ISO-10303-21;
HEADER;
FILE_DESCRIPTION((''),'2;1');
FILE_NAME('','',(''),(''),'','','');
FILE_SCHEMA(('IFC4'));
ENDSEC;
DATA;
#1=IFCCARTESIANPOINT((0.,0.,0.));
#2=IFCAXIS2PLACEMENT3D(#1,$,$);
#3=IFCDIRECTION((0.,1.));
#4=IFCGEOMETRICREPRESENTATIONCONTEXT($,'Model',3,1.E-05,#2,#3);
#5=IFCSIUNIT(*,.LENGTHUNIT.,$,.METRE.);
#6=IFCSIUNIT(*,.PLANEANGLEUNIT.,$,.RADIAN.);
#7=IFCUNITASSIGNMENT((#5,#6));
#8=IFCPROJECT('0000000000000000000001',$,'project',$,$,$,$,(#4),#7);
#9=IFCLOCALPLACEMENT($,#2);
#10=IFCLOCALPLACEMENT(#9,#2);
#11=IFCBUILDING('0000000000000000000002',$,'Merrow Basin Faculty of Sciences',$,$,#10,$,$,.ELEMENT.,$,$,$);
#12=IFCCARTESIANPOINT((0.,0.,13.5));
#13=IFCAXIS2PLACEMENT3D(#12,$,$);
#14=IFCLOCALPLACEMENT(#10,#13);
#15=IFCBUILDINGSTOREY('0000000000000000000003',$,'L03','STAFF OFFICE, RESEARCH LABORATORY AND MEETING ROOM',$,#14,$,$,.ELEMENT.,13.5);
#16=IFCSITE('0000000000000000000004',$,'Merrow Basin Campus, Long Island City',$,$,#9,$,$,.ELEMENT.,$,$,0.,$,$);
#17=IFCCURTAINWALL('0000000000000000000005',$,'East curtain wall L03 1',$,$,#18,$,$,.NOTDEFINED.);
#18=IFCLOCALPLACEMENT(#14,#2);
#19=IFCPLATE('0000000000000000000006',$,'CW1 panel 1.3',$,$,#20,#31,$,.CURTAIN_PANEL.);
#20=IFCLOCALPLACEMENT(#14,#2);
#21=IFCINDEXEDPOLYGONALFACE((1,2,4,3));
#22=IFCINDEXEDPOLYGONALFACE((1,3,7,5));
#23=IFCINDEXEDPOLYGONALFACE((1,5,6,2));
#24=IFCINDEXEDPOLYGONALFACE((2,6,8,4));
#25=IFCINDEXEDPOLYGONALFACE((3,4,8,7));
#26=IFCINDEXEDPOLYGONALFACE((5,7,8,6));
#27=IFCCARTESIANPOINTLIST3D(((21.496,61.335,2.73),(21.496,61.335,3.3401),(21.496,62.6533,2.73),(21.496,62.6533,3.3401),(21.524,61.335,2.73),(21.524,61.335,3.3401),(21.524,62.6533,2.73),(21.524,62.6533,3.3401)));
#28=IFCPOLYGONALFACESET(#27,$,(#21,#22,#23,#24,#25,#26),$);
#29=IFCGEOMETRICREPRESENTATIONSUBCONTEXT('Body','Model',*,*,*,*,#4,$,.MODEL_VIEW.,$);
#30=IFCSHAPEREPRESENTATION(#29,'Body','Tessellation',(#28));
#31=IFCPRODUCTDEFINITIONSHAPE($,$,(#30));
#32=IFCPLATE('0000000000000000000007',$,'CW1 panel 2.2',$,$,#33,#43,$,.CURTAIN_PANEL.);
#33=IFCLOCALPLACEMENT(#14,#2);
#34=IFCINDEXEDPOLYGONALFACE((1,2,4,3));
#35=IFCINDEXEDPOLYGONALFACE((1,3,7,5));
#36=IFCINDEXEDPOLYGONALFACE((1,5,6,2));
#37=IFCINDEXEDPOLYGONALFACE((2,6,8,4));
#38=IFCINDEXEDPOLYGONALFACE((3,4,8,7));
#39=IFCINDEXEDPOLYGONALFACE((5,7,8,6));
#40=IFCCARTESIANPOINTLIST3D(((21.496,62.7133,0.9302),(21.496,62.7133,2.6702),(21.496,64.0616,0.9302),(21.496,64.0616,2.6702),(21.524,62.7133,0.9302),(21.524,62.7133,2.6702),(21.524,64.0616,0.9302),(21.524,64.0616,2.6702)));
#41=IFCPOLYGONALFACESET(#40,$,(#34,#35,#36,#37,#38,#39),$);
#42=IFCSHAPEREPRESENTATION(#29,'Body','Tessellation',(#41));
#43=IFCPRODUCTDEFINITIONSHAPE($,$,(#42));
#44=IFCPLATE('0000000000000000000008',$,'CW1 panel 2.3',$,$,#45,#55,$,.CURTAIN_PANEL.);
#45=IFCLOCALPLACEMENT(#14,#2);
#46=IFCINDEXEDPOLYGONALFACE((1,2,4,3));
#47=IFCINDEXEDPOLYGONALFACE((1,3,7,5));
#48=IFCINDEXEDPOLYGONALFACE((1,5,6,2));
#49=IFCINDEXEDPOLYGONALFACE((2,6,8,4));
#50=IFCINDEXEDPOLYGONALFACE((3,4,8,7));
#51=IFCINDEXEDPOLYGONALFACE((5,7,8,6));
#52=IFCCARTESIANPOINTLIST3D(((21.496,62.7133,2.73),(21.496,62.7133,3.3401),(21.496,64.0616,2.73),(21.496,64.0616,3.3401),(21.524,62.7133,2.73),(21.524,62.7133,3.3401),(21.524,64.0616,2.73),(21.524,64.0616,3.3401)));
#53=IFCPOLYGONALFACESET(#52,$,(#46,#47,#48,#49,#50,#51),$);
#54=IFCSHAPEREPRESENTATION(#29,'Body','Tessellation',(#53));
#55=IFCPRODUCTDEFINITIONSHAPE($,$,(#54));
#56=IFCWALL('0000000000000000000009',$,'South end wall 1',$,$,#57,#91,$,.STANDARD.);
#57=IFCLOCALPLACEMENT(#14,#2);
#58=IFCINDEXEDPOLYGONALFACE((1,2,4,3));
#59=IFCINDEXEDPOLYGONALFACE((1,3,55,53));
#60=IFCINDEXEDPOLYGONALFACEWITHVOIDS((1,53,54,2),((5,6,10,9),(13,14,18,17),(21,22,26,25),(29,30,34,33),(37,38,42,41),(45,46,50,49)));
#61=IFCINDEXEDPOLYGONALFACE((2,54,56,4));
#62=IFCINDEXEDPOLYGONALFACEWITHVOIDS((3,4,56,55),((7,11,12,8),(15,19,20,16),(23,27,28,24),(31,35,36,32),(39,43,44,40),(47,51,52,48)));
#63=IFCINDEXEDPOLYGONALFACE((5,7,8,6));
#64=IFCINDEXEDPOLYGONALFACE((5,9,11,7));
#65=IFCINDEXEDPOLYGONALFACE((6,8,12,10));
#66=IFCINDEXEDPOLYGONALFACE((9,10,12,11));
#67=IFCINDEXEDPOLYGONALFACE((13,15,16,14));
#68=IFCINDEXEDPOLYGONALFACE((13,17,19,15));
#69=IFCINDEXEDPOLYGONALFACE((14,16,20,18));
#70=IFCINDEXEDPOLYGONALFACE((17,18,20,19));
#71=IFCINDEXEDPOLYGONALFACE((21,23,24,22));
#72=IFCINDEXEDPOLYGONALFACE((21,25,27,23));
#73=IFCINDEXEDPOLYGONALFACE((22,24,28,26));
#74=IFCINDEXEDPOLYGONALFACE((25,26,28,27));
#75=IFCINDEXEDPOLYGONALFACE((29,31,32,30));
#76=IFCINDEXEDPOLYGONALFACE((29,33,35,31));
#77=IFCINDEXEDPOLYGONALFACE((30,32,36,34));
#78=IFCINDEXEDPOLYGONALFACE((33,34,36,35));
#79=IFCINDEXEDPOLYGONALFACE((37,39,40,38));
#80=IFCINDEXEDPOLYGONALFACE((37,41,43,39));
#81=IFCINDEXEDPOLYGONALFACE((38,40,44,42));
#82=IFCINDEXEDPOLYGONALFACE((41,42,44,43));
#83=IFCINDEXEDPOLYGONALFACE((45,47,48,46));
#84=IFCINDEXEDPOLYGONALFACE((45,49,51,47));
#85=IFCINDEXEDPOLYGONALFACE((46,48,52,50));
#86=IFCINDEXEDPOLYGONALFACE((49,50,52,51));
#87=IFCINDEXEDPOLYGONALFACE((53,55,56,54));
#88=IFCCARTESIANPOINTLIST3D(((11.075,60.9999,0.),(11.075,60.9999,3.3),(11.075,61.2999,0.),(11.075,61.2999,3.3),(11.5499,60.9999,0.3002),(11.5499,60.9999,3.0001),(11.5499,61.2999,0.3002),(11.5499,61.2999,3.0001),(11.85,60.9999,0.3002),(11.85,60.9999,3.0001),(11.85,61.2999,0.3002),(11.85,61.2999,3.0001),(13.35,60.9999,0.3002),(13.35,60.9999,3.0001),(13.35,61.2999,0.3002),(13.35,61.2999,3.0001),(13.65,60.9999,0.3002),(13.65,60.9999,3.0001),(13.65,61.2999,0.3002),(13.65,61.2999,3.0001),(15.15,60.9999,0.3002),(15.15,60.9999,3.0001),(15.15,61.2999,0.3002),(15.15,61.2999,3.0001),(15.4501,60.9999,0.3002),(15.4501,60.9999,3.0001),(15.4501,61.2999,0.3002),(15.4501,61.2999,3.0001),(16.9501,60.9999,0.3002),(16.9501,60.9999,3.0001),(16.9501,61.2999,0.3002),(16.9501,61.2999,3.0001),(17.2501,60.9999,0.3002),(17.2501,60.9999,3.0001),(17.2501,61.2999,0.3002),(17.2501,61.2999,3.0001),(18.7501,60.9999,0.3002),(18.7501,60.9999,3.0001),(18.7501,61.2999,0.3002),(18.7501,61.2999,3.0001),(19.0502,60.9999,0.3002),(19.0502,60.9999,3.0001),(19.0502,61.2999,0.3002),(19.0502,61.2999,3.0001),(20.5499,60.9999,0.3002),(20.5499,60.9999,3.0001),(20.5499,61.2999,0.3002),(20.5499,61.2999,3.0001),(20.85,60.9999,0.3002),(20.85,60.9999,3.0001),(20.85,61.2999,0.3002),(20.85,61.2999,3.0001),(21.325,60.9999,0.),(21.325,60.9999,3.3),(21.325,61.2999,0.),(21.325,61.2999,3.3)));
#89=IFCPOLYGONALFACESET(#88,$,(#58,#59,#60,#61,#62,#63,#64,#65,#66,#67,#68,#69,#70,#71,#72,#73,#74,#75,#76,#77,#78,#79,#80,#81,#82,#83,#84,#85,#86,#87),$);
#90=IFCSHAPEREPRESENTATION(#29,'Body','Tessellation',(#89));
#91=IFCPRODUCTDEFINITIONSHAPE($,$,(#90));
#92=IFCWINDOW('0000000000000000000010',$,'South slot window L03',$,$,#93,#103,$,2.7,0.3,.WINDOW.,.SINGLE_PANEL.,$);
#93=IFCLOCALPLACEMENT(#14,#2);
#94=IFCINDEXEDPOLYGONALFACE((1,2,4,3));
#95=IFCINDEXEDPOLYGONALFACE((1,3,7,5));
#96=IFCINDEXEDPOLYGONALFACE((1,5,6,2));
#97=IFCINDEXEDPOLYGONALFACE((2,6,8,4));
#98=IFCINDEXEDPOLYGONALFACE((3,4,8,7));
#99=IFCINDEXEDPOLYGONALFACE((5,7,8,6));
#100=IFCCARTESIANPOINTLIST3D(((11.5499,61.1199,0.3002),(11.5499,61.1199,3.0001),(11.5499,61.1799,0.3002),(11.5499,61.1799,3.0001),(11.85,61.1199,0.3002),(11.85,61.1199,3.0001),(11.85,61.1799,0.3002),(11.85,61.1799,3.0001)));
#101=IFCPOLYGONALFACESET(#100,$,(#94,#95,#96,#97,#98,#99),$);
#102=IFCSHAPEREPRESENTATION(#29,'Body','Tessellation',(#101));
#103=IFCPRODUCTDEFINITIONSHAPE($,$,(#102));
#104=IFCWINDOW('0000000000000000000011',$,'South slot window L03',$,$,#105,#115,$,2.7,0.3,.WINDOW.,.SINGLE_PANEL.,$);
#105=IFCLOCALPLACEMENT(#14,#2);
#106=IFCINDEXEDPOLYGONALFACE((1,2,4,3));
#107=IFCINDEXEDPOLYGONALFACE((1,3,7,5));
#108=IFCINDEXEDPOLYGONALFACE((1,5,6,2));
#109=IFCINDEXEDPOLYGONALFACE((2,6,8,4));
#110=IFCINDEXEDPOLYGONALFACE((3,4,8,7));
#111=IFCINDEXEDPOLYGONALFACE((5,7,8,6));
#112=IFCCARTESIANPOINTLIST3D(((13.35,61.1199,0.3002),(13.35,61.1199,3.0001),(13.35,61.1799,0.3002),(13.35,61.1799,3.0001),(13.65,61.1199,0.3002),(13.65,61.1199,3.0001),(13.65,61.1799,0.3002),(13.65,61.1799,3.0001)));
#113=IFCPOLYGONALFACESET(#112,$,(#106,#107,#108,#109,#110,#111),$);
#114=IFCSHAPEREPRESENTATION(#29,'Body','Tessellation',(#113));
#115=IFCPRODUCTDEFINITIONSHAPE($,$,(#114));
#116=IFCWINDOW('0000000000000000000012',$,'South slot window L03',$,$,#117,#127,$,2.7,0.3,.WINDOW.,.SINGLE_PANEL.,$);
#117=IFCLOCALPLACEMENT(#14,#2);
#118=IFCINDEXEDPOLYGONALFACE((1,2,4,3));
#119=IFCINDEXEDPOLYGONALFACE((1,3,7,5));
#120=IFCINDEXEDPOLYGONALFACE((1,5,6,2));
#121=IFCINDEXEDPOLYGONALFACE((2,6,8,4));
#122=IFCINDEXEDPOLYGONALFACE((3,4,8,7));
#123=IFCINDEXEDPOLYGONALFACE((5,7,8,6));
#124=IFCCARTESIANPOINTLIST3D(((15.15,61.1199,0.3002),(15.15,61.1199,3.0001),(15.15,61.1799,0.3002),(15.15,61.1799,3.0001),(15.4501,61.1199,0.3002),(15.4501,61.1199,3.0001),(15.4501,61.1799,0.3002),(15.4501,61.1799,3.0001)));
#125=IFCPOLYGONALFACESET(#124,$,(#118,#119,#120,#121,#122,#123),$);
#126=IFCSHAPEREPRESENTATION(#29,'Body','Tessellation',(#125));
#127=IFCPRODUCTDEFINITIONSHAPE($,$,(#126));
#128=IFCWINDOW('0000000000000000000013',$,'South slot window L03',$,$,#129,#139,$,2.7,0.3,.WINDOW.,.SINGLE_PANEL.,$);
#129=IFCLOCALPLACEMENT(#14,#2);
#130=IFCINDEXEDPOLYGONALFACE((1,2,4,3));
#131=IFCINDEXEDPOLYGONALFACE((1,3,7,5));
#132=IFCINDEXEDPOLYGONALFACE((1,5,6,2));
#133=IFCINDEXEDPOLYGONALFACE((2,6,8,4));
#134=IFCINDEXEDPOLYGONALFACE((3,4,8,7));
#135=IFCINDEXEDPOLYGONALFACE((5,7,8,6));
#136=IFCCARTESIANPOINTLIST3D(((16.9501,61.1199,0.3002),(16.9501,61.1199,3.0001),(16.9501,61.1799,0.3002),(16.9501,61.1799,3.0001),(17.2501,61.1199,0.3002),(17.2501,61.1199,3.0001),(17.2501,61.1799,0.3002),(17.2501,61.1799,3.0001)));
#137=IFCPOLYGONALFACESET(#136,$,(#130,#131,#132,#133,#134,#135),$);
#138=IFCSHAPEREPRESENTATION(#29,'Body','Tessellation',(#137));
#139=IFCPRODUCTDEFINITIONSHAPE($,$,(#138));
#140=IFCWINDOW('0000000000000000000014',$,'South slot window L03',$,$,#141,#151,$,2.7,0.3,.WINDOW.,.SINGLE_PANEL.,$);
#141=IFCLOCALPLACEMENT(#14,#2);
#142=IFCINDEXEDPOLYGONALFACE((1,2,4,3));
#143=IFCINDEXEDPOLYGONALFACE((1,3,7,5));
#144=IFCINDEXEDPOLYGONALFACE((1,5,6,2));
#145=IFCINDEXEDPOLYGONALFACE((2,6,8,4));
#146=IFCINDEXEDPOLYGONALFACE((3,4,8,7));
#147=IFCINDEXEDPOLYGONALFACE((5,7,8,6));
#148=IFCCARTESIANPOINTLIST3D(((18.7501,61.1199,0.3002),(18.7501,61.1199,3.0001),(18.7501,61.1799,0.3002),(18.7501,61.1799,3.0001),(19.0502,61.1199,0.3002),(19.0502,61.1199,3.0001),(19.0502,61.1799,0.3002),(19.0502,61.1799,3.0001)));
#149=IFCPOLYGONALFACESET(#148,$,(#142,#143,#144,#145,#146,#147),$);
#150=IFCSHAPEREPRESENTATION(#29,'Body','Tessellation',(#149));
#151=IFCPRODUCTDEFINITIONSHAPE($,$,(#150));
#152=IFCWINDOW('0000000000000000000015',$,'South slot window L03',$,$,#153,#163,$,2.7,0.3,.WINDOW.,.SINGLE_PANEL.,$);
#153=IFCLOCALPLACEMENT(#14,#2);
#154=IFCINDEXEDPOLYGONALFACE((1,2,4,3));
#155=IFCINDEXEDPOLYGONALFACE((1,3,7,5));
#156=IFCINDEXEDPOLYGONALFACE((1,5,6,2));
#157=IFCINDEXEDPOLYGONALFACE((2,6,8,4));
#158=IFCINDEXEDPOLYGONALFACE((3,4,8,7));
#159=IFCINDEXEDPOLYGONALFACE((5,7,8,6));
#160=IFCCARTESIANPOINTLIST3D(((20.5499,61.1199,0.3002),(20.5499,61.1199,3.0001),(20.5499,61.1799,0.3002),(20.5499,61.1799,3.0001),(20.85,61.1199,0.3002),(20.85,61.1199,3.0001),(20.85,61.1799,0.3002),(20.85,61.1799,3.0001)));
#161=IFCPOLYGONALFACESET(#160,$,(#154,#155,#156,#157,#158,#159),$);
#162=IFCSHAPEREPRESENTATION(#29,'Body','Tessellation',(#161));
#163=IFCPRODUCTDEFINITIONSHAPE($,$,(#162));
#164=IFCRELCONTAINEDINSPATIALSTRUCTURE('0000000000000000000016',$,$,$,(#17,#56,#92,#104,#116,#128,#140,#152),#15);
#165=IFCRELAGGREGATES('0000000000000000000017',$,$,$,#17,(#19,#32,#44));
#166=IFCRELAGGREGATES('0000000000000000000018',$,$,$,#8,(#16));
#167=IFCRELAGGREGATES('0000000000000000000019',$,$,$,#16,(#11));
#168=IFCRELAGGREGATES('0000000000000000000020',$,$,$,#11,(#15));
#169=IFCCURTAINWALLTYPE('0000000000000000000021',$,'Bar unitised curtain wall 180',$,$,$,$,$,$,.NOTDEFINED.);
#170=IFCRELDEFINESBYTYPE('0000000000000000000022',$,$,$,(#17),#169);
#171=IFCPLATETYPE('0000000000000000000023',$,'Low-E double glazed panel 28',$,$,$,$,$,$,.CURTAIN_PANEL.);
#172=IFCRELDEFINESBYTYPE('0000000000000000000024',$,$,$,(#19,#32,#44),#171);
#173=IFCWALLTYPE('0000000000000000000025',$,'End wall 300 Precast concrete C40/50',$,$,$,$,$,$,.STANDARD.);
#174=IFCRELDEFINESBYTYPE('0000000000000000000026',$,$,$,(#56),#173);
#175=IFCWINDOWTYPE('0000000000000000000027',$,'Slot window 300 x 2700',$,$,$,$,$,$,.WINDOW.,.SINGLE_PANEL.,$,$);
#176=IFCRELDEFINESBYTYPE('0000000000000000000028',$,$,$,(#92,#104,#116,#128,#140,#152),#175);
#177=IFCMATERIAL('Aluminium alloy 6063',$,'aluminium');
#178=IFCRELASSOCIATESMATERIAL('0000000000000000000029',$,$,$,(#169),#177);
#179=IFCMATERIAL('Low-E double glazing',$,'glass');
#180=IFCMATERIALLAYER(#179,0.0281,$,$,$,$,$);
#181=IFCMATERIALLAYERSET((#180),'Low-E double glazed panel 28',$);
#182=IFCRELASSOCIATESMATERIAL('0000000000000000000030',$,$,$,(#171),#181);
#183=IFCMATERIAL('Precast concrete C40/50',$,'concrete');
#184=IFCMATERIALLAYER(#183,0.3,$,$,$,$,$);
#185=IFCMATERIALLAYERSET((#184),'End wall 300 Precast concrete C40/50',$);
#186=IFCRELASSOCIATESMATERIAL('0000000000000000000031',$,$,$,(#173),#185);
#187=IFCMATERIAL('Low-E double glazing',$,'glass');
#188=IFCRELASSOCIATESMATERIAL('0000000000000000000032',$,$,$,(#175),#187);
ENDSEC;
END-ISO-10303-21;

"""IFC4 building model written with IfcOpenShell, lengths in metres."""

from ifc_helpers import new_model, si_unit, direction, frame, frame_2d, origin, origin_2d, place, context, subcontext, project, spatial, rectangle, extrude, material, layer, layer_set, type_object, element, fill, aggregate, save


model = new_model("IFC4")

# Units and contexts
model_context = context("Model", 3, precision=1e-05, world=origin(), true_north=direction((0.0, 1.0)))
body_context = subcontext(model_context, "Body", "Model", "MODEL_VIEW")
ifc_project = project(units=[si_unit("LENGTHUNIT", "METRE"), si_unit("PLANEANGLEUNIT", "RADIAN")], contexts=[model_context])

# Site, building, storey
site_placement = place(None, origin())
site = spatial("IfcSite", under=ifc_project, at=site_placement, Name="Merrow Basin Campus, Long Island City", CompositionType="ELEMENT", RefElevation=0.0)
building_placement = place(site_placement, origin())
building = spatial("IfcBuilding", under=site, at=building_placement, Name="Merrow Basin Faculty of Sciences", CompositionType="ELEMENT")
storey_placement = place(building_placement, frame((0.0, 0.0, 13.5)))
storey = spatial("IfcBuildingStorey", under=building, at=storey_placement, Name="L03", Description="STAFF OFFICE, RESEARCH LABORATORY AND MEETING ROOM", CompositionType="ELEMENT", Elevation=13.5)

# Curtain wall
ifc_material_1 = material(Name="Aluminium alloy 6063", Category="aluminium")
curtain_wall_type = type_object("IfcCurtainWallType", Name="Bar unitised curtain wall 180", PredefinedType="NOTDEFINED", material=ifc_material_1)
curtain_wall_placement = place(storey_placement, origin())
curtain_wall = element("IfcCurtainWall", 1, at=curtain_wall_placement, inside=storey, type_object=curtain_wall_type, Name="East curtain wall L03 1", PredefinedType="NOTDEFINED")

# Plates
ifc_material_2 = material(Name="Low-E double glazing", Category="glass")
ifc_layer_1 = layer(ifc_material_2, 0.0281)
ifc_layer_set_1 = layer_set([ifc_layer_1], Name="Low-E double glazed panel 28")
plate_type_1 = type_object("IfcPlateType", Name="Low-E double glazed panel 28", PredefinedType="CURTAIN_PANEL", material=ifc_layer_set_1)
plate_1_placement = place(storey_placement, frame((21.51, 61.9941, 2.73), z_axis=(0.0, 0.0, 1.0), x_axis=(0.0, 1.0, 0.0)))
plate_1 = element("IfcPlate", 2, at=plate_1_placement, type_object=plate_type_1, Name="CW1 panel 1.3", PredefinedType="CURTAIN_PANEL", context=body_context, shape_type="SweptSolid", body=[
    extrude(rectangle(XDim=1.3184, YDim=0.0281, at=origin_2d()), origin(), (0.0, 0.0, 1.0), 0.6101),
])
plate_2_placement = place(storey_placement, frame((21.51, 63.3875, 0.9302), z_axis=(0.0, 0.0, 1.0), x_axis=(0.0, 1.0, 0.0)))
plate_2 = element("IfcPlate", 3, at=plate_2_placement, type_object=plate_type_1, Name="CW1 panel 2.2", PredefinedType="CURTAIN_PANEL", context=body_context, shape_type="SweptSolid", body=[
    extrude(rectangle(XDim=1.3484, YDim=0.0281, at=origin_2d()), origin(), (0.0, 0.0, 1.0), 1.74),
])
plate_3_placement = place(storey_placement, frame((21.51, 63.3875, 2.73), z_axis=(0.0, 0.0, 1.0), x_axis=(0.0, 1.0, 0.0)))
plate_3 = element("IfcPlate", 4, at=plate_3_placement, type_object=plate_type_1, Name="CW1 panel 2.3", PredefinedType="CURTAIN_PANEL", context=body_context, shape_type="SweptSolid", body=[
    extrude(rectangle(XDim=1.3484, YDim=0.0281, at=origin_2d()), origin(), (0.0, 0.0, 1.0), 0.6101),
])
aggregate(curtain_wall, [plate_1, plate_2, plate_3])

# Wall, openings, windows
ifc_material_3 = material(Name="Precast concrete C40/50", Category="concrete")
ifc_layer_2 = layer(ifc_material_3, 0.3)
ifc_layer_set_2 = layer_set([ifc_layer_2], Name="End wall 300 Precast concrete C40/50")
wall_type = type_object("IfcWallType", Name="End wall 300 Precast concrete C40/50", PredefinedType="STANDARD", material=ifc_layer_set_2)
wall_placement = place(storey_placement, frame((21.325, 61.1499, 0.0), z_axis=(0.0, 0.0, 1.0), x_axis=(-1.0, 0.0, 0.0)))
wall = element("IfcWall", 5, at=wall_placement, inside=storey, type_object=wall_type, Name="South end wall 1", PredefinedType="STANDARD", context=body_context, shape_type="SweptSolid", body=[
    extrude(rectangle(XDim=10.25, YDim=0.3, at=frame_2d((5.125, 0.0))), origin(), (0.0, 0.0, 1.0), 3.3),
])
opening_1_placement = place(wall_placement, frame((9.4751, 0.0, 0.3)))
opening_1 = element("IfcOpeningElement", 6, at=opening_1_placement, cuts=wall, PredefinedType="OPENING", context=body_context, shape_type="SweptSolid", body=[
    extrude(rectangle(XDim=0.3, YDim=2.7, at=frame_2d((0.1499, 1.3501))), frame((0.0, 0.1599, 0.0), z_axis=(0.0, -1.0, 0.0), x_axis=(1.0, 0.0, 0.0)), (0.0, 0.0, 1.0), 0.3201),
])
opening_2_placement = place(wall_placement, frame((7.675, 0.0, 0.3)))
opening_2 = element("IfcOpeningElement", 7, at=opening_2_placement, cuts=wall, PredefinedType="OPENING", context=body_context, shape_type="SweptSolid", body=[
    extrude(rectangle(XDim=0.3, YDim=2.7, at=frame_2d((0.1499, 1.3501))), frame((0.0, 0.1599, 0.0), z_axis=(0.0, -1.0, 0.0), x_axis=(1.0, 0.0, 0.0)), (0.0, 0.0, 1.0), 0.3201),
])
opening_3_placement = place(wall_placement, frame((5.875, 0.0, 0.3)))
opening_3 = element("IfcOpeningElement", 8, at=opening_3_placement, cuts=wall, PredefinedType="OPENING", context=body_context, shape_type="SweptSolid", body=[
    extrude(rectangle(XDim=0.3, YDim=2.7, at=frame_2d((0.1499, 1.3501))), frame((0.0, 0.1599, 0.0), z_axis=(0.0, -1.0, 0.0), x_axis=(1.0, 0.0, 0.0)), (0.0, 0.0, 1.0), 0.3201),
])
opening_4_placement = place(wall_placement, frame((4.075, 0.0, 0.3)))
opening_4 = element("IfcOpeningElement", 9, at=opening_4_placement, cuts=wall, PredefinedType="OPENING", context=body_context, shape_type="SweptSolid", body=[
    extrude(rectangle(XDim=0.3, YDim=2.7, at=frame_2d((0.1499, 1.3501))), frame((0.0, 0.1599, 0.0), z_axis=(0.0, -1.0, 0.0), x_axis=(1.0, 0.0, 0.0)), (0.0, 0.0, 1.0), 0.3201),
])
opening_5_placement = place(wall_placement, frame((2.2749, 0.0, 0.3)))
opening_5 = element("IfcOpeningElement", 10, at=opening_5_placement, cuts=wall, PredefinedType="OPENING", context=body_context, shape_type="SweptSolid", body=[
    extrude(rectangle(XDim=0.3, YDim=2.7, at=frame_2d((0.1499, 1.3501))), frame((0.0, 0.1599, 0.0), z_axis=(0.0, -1.0, 0.0), x_axis=(1.0, 0.0, 0.0)), (0.0, 0.0, 1.0), 0.3201),
])
opening_6_placement = place(wall_placement, frame((0.4751, 0.0, 0.3)))
opening_6 = element("IfcOpeningElement", 11, at=opening_6_placement, cuts=wall, PredefinedType="OPENING", context=body_context, shape_type="SweptSolid", body=[
    extrude(rectangle(XDim=0.3, YDim=2.7, at=frame_2d((0.1499, 1.3501))), frame((0.0, 0.1599, 0.0), z_axis=(0.0, -1.0, 0.0), x_axis=(1.0, 0.0, 0.0)), (0.0, 0.0, 1.0), 0.3201),
])
ifc_material_4 = material(Name="Low-E double glazing", Category="glass")
window_type = type_object("IfcWindowType", Name="Slot window 300 x 2700", PartitioningType="SINGLE_PANEL", PredefinedType="WINDOW", material=ifc_material_4)
window_1_placement = place(opening_1_placement, origin())
window_1 = element("IfcWindow", 12, at=window_1_placement, inside=storey, type_object=window_type, Name="South slot window L03", OverallHeight=2.7, OverallWidth=0.3, PartitioningType="SINGLE_PANEL", PredefinedType="WINDOW", context=body_context, shape_type="SweptSolid", body=[
    extrude(rectangle(XDim=0.3, YDim=2.7, at=frame_2d((0.1499, 1.3501))), frame((0.0, 0.03, 0.0), z_axis=(0.0, -1.0, 0.0), x_axis=(1.0, 0.0, 0.0)), (0.0, 0.0, 1.0), 0.0601),
])
fill(opening_1, window_1)
window_2_placement = place(opening_2_placement, origin())
window_2 = element("IfcWindow", 13, at=window_2_placement, inside=storey, type_object=window_type, Name="South slot window L03", OverallHeight=2.7, OverallWidth=0.3, PartitioningType="SINGLE_PANEL", PredefinedType="WINDOW", context=body_context, shape_type="SweptSolid", body=[
    extrude(rectangle(XDim=0.3, YDim=2.7, at=frame_2d((0.1499, 1.3501))), frame((0.0, 0.03, 0.0), z_axis=(0.0, -1.0, 0.0), x_axis=(1.0, 0.0, 0.0)), (0.0, 0.0, 1.0), 0.0601),
])
fill(opening_2, window_2)
window_3_placement = place(opening_3_placement, origin())
window_3 = element("IfcWindow", 14, at=window_3_placement, inside=storey, type_object=window_type, Name="South slot window L03", OverallHeight=2.7, OverallWidth=0.3, PartitioningType="SINGLE_PANEL", PredefinedType="WINDOW", context=body_context, shape_type="SweptSolid", body=[
    extrude(rectangle(XDim=0.3, YDim=2.7, at=frame_2d((0.1499, 1.3501))), frame((0.0, 0.03, 0.0), z_axis=(0.0, -1.0, 0.0), x_axis=(1.0, 0.0, 0.0)), (0.0, 0.0, 1.0), 0.0601),
])
fill(opening_3, window_3)
window_4_placement = place(opening_4_placement, origin())
window_4 = element("IfcWindow", 15, at=window_4_placement, inside=storey, type_object=window_type, Name="South slot window L03", OverallHeight=2.7, OverallWidth=0.3, PartitioningType="SINGLE_PANEL", PredefinedType="WINDOW", context=body_context, shape_type="SweptSolid", body=[
    extrude(rectangle(XDim=0.3, YDim=2.7, at=frame_2d((0.1499, 1.3501))), frame((0.0, 0.03, 0.0), z_axis=(0.0, -1.0, 0.0), x_axis=(1.0, 0.0, 0.0)), (0.0, 0.0, 1.0), 0.0601),
])
fill(opening_4, window_4)
window_5_placement = place(opening_5_placement, origin())
window_5 = element("IfcWindow", 16, at=window_5_placement, inside=storey, type_object=window_type, Name="South slot window L03", OverallHeight=2.7, OverallWidth=0.3, PartitioningType="SINGLE_PANEL", PredefinedType="WINDOW", context=body_context, shape_type="SweptSolid", body=[
    extrude(rectangle(XDim=0.3, YDim=2.7, at=frame_2d((0.1499, 1.3501))), frame((0.0, 0.03, 0.0), z_axis=(0.0, -1.0, 0.0), x_axis=(1.0, 0.0, 0.0)), (0.0, 0.0, 1.0), 0.0601),
])
fill(opening_5, window_5)
window_6_placement = place(opening_6_placement, origin())
window_6 = element("IfcWindow", 17, at=window_6_placement, inside=storey, type_object=window_type, Name="South slot window L03", OverallHeight=2.7, OverallWidth=0.3, PartitioningType="SINGLE_PANEL", PredefinedType="WINDOW", context=body_context, shape_type="SweptSolid", body=[
    extrude(rectangle(XDim=0.3, YDim=2.7, at=frame_2d((0.1499, 1.3501))), frame((0.0, 0.03, 0.0), z_axis=(0.0, -1.0, 0.0), x_axis=(1.0, 0.0, 0.0)), (0.0, 0.0, 1.0), 0.0601),
])
fill(opening_6, window_6)

save(model, "model.ifc")
